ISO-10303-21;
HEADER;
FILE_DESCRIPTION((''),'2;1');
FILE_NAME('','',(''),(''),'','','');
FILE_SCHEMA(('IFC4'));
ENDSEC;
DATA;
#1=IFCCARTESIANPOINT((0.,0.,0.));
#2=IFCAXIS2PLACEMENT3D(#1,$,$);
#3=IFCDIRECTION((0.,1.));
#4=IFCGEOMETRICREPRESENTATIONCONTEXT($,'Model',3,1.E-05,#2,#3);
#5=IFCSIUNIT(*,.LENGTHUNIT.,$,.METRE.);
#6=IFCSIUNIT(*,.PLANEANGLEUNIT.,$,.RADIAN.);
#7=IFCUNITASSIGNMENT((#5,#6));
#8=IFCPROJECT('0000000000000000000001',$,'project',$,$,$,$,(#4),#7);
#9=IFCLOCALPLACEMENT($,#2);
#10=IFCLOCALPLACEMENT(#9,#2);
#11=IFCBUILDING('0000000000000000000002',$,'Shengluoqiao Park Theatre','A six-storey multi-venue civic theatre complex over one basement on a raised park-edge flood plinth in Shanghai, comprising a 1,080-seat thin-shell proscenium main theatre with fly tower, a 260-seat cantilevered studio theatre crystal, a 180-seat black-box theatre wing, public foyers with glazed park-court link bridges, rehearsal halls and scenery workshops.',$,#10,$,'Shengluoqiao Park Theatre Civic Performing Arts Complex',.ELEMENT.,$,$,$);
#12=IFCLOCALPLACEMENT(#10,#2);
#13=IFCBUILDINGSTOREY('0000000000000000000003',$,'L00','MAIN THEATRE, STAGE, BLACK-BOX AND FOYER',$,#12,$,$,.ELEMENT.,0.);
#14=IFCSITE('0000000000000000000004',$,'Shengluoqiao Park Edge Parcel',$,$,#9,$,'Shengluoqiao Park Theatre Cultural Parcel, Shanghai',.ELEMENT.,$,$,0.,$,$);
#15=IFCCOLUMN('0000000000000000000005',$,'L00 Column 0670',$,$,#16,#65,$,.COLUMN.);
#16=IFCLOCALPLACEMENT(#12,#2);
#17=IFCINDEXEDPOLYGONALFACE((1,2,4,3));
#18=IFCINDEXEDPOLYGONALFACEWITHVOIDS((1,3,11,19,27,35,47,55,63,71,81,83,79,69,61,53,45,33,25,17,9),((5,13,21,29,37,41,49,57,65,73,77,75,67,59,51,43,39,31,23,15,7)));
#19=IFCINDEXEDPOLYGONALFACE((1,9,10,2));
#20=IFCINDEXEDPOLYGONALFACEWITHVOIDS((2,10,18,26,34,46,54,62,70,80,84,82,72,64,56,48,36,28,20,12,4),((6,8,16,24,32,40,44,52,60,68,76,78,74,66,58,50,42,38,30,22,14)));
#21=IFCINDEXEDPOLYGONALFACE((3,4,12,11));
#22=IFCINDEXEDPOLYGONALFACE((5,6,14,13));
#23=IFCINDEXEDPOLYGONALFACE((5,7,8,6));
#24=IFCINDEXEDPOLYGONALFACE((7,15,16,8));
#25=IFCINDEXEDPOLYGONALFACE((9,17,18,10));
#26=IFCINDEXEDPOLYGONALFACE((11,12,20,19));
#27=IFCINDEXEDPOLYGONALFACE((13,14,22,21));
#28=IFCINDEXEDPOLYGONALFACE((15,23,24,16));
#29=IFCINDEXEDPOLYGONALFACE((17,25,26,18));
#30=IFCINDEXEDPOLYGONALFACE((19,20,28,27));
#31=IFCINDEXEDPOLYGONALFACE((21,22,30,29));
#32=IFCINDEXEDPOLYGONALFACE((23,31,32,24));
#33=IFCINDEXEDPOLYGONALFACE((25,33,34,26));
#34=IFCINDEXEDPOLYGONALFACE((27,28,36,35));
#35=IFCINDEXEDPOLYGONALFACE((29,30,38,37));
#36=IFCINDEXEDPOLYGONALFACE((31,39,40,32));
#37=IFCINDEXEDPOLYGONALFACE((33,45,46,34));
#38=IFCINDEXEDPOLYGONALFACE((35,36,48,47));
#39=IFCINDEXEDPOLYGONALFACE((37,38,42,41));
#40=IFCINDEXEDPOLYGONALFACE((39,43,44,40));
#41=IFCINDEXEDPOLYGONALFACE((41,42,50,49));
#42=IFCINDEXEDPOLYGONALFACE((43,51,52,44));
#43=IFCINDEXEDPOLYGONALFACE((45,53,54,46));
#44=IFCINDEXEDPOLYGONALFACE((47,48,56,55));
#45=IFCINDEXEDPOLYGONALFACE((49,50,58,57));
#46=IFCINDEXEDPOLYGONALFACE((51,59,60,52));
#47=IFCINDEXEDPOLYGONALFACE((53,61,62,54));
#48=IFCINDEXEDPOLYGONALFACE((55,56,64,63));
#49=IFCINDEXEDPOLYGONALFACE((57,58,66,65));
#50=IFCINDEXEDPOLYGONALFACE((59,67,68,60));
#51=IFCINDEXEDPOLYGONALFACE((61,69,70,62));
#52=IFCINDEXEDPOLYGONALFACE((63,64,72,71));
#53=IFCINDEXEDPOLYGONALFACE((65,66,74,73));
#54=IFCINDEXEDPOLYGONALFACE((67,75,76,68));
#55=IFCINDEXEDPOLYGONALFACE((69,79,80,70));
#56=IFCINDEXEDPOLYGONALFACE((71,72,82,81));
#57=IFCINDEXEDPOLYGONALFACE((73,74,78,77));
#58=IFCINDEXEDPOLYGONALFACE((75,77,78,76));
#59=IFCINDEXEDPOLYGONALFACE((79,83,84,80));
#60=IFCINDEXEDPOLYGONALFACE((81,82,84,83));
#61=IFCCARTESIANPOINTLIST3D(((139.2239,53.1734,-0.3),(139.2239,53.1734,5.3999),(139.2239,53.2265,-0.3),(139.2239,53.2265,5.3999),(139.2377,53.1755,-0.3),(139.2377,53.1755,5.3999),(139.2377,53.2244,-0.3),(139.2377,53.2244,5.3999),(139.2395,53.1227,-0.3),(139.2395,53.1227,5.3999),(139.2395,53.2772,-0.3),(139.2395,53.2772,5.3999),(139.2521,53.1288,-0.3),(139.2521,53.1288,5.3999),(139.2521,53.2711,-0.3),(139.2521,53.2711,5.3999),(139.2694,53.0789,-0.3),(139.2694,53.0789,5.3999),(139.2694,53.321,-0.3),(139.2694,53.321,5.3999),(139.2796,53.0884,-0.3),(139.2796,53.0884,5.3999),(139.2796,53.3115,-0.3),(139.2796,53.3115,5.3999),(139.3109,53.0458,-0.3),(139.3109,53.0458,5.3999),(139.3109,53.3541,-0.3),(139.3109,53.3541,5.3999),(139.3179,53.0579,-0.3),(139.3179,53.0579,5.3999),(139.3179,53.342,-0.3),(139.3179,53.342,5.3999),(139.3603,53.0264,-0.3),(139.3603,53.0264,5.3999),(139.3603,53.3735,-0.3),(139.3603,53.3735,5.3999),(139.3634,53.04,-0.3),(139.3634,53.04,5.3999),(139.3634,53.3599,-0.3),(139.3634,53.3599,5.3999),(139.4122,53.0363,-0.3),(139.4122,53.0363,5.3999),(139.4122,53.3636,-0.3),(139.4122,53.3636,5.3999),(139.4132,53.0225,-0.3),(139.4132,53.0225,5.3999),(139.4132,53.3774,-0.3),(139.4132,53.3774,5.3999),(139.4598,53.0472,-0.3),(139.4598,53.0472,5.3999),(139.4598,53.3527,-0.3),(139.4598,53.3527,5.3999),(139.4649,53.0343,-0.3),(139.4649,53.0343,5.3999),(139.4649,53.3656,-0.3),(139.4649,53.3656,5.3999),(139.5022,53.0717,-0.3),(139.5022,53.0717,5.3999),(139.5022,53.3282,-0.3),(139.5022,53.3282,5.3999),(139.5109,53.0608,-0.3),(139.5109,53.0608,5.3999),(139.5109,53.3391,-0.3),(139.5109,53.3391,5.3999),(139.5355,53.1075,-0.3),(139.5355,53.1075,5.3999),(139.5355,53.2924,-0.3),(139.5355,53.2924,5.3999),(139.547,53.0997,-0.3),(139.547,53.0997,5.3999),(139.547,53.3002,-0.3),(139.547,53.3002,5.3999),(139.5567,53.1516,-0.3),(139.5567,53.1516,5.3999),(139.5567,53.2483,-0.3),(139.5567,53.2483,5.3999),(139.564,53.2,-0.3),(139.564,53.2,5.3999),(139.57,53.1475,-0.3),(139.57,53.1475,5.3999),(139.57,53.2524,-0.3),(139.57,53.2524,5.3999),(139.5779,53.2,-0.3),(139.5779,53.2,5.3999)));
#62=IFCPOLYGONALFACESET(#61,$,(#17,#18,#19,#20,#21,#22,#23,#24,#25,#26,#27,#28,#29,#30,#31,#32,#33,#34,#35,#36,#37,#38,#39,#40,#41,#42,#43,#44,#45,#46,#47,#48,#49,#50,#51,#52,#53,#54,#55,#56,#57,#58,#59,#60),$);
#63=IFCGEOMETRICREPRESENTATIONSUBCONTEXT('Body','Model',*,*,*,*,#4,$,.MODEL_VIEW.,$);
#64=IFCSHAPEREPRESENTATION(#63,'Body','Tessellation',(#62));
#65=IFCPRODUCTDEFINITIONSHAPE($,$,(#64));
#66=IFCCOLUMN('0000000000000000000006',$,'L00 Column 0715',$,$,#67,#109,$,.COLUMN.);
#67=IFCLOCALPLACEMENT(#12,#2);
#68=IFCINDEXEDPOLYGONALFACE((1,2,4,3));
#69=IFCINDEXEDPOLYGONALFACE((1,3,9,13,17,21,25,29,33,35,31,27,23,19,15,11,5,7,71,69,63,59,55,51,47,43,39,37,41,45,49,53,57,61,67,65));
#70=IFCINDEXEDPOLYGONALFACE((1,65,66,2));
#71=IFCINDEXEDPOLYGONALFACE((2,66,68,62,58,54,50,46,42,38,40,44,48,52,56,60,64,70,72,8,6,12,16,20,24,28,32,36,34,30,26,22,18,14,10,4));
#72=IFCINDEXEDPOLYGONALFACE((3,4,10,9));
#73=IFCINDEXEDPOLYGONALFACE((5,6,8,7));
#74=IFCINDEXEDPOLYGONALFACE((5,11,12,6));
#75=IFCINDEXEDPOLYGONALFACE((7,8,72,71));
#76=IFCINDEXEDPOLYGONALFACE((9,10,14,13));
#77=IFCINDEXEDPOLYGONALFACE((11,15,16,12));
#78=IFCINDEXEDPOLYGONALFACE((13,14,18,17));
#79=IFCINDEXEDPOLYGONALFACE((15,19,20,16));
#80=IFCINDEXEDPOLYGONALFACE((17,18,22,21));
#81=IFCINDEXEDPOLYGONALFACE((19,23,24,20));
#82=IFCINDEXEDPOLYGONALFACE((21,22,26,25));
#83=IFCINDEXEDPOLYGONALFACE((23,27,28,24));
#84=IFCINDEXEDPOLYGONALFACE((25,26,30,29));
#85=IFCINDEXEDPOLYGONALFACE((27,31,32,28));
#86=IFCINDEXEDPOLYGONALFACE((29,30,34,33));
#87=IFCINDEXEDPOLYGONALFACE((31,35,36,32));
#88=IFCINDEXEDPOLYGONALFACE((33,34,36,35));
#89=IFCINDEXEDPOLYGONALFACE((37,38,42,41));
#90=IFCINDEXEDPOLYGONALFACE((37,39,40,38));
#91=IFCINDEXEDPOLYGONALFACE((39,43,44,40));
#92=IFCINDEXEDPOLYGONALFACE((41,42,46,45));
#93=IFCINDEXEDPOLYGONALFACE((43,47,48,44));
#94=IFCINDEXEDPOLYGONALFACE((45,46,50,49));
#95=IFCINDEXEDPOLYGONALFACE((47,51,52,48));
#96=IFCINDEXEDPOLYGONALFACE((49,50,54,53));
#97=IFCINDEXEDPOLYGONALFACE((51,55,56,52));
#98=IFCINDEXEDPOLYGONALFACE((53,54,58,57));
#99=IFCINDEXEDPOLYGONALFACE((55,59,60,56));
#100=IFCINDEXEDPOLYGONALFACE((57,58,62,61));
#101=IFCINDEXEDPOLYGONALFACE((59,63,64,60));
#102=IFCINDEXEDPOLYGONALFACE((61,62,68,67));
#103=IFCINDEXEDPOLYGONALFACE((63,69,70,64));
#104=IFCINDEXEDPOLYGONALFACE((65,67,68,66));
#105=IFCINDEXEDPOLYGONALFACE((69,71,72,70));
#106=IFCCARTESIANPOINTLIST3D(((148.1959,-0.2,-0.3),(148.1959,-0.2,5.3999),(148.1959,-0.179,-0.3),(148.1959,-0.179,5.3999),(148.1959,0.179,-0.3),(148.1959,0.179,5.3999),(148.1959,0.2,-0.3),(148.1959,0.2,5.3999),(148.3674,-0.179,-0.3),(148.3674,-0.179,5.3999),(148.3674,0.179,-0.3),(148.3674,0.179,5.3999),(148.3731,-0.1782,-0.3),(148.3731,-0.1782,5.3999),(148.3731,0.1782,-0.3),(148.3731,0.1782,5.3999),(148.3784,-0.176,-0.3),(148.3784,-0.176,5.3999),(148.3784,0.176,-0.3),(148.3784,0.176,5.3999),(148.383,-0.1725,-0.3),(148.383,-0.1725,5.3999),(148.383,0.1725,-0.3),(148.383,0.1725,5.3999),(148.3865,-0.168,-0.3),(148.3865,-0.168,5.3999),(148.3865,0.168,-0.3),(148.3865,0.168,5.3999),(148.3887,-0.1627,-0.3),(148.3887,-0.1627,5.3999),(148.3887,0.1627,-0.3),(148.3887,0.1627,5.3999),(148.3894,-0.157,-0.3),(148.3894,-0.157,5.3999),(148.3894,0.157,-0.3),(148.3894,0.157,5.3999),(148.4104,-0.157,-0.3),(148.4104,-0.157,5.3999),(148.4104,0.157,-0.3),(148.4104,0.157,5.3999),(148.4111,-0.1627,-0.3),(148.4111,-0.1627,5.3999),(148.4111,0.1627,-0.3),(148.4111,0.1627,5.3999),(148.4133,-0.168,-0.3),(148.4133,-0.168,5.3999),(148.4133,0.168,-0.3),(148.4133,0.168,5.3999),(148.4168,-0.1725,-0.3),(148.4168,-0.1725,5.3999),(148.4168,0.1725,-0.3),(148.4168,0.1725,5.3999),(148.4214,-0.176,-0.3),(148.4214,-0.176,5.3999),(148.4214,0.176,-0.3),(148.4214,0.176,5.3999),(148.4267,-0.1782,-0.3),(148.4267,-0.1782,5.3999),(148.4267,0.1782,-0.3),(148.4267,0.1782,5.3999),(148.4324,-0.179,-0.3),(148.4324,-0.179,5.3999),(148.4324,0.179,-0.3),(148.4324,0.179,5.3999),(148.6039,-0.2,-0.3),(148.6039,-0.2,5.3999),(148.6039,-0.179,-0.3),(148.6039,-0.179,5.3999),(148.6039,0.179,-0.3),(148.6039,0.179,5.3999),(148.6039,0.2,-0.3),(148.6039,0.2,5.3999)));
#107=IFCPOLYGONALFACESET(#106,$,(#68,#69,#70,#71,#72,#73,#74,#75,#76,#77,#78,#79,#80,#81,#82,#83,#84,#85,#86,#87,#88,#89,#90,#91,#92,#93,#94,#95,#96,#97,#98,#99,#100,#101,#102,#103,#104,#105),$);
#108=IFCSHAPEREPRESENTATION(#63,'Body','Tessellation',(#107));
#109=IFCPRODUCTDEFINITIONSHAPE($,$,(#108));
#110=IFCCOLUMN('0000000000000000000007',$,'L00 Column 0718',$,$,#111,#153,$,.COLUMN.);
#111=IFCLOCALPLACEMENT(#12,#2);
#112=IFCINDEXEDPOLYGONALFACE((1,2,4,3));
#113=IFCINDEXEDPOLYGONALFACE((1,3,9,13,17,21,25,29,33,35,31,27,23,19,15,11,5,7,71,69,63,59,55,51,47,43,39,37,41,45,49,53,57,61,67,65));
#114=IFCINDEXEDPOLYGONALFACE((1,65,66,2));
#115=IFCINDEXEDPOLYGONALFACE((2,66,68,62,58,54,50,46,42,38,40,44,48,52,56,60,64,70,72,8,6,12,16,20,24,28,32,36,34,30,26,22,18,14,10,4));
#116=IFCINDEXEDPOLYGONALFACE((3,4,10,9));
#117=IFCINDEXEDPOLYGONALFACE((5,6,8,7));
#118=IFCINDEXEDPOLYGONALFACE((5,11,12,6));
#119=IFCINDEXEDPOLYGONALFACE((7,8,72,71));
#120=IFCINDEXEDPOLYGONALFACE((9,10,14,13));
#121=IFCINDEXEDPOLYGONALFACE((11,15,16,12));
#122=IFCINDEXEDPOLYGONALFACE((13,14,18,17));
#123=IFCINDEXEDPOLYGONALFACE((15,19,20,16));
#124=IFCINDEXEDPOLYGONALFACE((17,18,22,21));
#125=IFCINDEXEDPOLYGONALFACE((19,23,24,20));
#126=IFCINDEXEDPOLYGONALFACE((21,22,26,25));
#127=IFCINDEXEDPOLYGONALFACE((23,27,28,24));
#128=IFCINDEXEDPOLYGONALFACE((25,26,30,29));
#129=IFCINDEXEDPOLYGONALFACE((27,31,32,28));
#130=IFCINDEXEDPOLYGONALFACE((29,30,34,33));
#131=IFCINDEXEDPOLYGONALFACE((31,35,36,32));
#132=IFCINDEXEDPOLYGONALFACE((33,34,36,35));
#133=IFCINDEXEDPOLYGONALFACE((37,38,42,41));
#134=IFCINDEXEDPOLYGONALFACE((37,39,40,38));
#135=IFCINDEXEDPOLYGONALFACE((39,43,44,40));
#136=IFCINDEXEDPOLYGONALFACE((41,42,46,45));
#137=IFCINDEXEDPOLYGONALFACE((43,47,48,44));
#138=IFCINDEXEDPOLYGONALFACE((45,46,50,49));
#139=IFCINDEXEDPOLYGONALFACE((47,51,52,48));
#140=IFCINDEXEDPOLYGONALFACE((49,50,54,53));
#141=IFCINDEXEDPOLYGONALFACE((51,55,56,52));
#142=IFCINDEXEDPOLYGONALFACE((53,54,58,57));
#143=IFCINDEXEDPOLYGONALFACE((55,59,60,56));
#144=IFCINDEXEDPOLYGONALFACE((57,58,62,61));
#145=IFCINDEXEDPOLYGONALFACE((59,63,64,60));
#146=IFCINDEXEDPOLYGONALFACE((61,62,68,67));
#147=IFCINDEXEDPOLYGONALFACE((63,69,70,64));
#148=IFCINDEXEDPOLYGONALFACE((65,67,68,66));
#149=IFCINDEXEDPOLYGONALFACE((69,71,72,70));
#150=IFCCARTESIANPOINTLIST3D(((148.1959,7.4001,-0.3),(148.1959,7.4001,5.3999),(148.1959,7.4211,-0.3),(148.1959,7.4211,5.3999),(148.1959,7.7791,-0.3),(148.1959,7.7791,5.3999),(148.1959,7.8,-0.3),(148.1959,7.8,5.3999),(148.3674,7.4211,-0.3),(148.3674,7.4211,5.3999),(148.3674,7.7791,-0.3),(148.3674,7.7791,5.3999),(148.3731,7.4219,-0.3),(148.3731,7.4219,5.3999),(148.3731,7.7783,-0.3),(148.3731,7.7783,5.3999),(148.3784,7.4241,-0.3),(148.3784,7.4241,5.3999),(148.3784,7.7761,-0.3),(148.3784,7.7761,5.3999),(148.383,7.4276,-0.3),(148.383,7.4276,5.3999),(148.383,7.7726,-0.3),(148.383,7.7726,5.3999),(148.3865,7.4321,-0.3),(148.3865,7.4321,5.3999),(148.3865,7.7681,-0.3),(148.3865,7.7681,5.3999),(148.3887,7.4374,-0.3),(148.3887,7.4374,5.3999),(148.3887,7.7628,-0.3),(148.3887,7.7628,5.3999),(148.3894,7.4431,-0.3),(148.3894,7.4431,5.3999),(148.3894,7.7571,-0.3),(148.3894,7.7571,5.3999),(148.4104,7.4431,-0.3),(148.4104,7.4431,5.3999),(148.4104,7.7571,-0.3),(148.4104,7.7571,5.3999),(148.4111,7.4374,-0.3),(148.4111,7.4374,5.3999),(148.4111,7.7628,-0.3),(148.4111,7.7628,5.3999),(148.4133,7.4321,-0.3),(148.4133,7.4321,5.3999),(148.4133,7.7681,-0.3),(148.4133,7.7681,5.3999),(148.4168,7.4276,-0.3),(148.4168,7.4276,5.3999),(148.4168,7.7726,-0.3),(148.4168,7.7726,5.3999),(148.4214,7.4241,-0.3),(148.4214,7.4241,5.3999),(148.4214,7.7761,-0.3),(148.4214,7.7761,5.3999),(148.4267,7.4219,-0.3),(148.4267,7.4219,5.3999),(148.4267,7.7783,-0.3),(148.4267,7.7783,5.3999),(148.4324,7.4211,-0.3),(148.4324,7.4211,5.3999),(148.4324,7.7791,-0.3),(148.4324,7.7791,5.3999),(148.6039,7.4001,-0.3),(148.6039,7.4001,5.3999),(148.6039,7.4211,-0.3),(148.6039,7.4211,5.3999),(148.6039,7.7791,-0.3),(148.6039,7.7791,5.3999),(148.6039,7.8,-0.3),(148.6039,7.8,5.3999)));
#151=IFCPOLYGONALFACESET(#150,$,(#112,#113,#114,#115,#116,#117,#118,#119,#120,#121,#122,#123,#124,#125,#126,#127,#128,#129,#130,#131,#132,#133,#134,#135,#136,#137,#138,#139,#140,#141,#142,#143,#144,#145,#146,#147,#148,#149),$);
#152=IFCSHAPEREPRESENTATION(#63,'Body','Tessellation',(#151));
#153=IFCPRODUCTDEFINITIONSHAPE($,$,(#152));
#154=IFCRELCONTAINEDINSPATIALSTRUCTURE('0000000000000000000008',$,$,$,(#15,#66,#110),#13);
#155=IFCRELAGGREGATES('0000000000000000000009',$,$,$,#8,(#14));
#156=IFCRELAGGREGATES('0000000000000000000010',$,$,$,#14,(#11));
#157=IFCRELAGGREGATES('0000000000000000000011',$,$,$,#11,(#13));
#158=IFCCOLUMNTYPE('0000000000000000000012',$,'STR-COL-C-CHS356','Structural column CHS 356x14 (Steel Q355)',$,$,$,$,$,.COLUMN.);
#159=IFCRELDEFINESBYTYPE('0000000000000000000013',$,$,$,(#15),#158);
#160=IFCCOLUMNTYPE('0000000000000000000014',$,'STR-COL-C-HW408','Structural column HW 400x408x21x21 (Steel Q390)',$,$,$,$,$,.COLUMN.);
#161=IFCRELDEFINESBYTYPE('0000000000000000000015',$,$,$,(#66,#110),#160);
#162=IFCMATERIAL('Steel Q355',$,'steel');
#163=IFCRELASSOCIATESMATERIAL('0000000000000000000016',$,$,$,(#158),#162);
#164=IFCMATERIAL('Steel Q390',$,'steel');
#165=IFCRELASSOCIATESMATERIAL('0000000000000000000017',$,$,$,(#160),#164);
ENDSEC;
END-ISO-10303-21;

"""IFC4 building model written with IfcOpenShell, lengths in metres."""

from ifc_helpers import new_model, si_unit, direction, frame, origin, origin_2d, place, context, subcontext, project, spatial, hollow_circle, i_section, extrude, material, material_profile, profile_set, type_object, element, save


model = new_model("IFC4")

# Units and contexts
model_context = context("Model", 3, precision=1e-05, world=origin(), true_north=direction((0.0, 1.0)))
body_context = subcontext(model_context, "Body", "Model", "MODEL_VIEW")
ifc_project = project(units=[si_unit("LENGTHUNIT", "METRE"), si_unit("PLANEANGLEUNIT", "RADIAN")], contexts=[model_context])

# Site, building, storey
site_placement = place(None, origin())
site = spatial("IfcSite", under=ifc_project, at=site_placement, Name="Shengluoqiao Park Edge Parcel", LongName="Shengluoqiao Park Theatre Cultural Parcel, Shanghai", CompositionType="ELEMENT", RefElevation=0.0)
building_placement = place(site_placement, origin())
building = spatial("IfcBuilding", under=site, at=building_placement, Name="Shengluoqiao Park Theatre", Description="A six-storey multi-venue civic theatre complex over one basement on a raised park-edge flood plinth in Shanghai, comprising a 1,080-seat thin-shell proscenium main theatre with fly tower, a 260-seat cantilevered studio theatre crystal, a 180-seat black-box theatre wing, public foyers with glazed park-court link bridges, rehearsal halls and scenery workshops.", LongName="Shengluoqiao Park Theatre Civic Performing Arts Complex", CompositionType="ELEMENT")
storey_placement = place(building_placement, origin())
storey = spatial("IfcBuildingStorey", under=building, at=storey_placement, Name="L00", Description="MAIN THEATRE, STAGE, BLACK-BOX AND FOYER", CompositionType="ELEMENT", Elevation=0.0)

# Columns
ifc_material_1 = material(Name="Steel Q355", Category="steel")
ifc_material_profile_1 = material_profile(ifc_material_1, hollow_circle(Radius=0.178, WallThickness=0.0139, at=origin_2d()), Name="CHS 356x14")
ifc_profile_set_1 = profile_set([ifc_material_profile_1], Name="Steel Q355")
column_type_1 = type_object("IfcColumnType", Name="STR-COL-C-CHS356", Description="Structural column CHS 356x14 (Steel Q355)", PredefinedType="COLUMN", material=ifc_profile_set_1)
for number, where, z_axis, x_axis, name in (
    (1, (139.3999, 53.2, -0.3), (0.0, 0.0, 1.0), (1.0, 0.0, 0.0), "L00 Column 0670"),
):
    element("IfcColumn", number, at=place(storey_placement, frame(where, z_axis=z_axis, x_axis=x_axis)), inside=storey, type_object=column_type_1, Name=name, PredefinedType="COLUMN", context=body_context, shape_type="SweptSolid", body=[
        extrude(hollow_circle(Radius=0.178, WallThickness=0.0139, at=origin_2d()), origin(), (0.0, 0.0, 1.0), 5.7),
    ])
ifc_material_2 = material(Name="Steel Q390", Category="steel")
ifc_material_profile_2 = material_profile(ifc_material_2, i_section(OverallWidth=0.408, OverallDepth=0.3999, WebThickness=0.021, FlangeThickness=0.021, FilletRadius=0.022, at=origin_2d()), Name="HW 400x408x21x21")
ifc_profile_set_2 = profile_set([ifc_material_profile_2], Name="Steel Q390")
column_type_2 = type_object("IfcColumnType", Name="STR-COL-C-HW408", Description="Structural column HW 400x408x21x21 (Steel Q390)", PredefinedType="COLUMN", material=ifc_profile_set_2)
for number, where, z_axis, x_axis, name in (
    (2, (148.3999, 0.0, -0.3), (0.0, 0.0, 1.0), (1.0, 0.0, 0.0), "L00 Column 0715"),
    (3, (148.3999, 7.6001, -0.3), (0.0, 0.0, 1.0), (1.0, 0.0, 0.0), "L00 Column 0718"),
):
    element("IfcColumn", number, at=place(storey_placement, frame(where, z_axis=z_axis, x_axis=x_axis)), inside=storey, type_object=column_type_2, Name=name, PredefinedType="COLUMN", context=body_context, shape_type="SweptSolid", body=[
        extrude(i_section(OverallWidth=0.408, OverallDepth=0.3999, WebThickness=0.021, FlangeThickness=0.021, FilletRadius=0.022, at=origin_2d()), origin(), (0.0, 0.0, 1.0), 5.7),
    ])

save(model, "model.ifc")
